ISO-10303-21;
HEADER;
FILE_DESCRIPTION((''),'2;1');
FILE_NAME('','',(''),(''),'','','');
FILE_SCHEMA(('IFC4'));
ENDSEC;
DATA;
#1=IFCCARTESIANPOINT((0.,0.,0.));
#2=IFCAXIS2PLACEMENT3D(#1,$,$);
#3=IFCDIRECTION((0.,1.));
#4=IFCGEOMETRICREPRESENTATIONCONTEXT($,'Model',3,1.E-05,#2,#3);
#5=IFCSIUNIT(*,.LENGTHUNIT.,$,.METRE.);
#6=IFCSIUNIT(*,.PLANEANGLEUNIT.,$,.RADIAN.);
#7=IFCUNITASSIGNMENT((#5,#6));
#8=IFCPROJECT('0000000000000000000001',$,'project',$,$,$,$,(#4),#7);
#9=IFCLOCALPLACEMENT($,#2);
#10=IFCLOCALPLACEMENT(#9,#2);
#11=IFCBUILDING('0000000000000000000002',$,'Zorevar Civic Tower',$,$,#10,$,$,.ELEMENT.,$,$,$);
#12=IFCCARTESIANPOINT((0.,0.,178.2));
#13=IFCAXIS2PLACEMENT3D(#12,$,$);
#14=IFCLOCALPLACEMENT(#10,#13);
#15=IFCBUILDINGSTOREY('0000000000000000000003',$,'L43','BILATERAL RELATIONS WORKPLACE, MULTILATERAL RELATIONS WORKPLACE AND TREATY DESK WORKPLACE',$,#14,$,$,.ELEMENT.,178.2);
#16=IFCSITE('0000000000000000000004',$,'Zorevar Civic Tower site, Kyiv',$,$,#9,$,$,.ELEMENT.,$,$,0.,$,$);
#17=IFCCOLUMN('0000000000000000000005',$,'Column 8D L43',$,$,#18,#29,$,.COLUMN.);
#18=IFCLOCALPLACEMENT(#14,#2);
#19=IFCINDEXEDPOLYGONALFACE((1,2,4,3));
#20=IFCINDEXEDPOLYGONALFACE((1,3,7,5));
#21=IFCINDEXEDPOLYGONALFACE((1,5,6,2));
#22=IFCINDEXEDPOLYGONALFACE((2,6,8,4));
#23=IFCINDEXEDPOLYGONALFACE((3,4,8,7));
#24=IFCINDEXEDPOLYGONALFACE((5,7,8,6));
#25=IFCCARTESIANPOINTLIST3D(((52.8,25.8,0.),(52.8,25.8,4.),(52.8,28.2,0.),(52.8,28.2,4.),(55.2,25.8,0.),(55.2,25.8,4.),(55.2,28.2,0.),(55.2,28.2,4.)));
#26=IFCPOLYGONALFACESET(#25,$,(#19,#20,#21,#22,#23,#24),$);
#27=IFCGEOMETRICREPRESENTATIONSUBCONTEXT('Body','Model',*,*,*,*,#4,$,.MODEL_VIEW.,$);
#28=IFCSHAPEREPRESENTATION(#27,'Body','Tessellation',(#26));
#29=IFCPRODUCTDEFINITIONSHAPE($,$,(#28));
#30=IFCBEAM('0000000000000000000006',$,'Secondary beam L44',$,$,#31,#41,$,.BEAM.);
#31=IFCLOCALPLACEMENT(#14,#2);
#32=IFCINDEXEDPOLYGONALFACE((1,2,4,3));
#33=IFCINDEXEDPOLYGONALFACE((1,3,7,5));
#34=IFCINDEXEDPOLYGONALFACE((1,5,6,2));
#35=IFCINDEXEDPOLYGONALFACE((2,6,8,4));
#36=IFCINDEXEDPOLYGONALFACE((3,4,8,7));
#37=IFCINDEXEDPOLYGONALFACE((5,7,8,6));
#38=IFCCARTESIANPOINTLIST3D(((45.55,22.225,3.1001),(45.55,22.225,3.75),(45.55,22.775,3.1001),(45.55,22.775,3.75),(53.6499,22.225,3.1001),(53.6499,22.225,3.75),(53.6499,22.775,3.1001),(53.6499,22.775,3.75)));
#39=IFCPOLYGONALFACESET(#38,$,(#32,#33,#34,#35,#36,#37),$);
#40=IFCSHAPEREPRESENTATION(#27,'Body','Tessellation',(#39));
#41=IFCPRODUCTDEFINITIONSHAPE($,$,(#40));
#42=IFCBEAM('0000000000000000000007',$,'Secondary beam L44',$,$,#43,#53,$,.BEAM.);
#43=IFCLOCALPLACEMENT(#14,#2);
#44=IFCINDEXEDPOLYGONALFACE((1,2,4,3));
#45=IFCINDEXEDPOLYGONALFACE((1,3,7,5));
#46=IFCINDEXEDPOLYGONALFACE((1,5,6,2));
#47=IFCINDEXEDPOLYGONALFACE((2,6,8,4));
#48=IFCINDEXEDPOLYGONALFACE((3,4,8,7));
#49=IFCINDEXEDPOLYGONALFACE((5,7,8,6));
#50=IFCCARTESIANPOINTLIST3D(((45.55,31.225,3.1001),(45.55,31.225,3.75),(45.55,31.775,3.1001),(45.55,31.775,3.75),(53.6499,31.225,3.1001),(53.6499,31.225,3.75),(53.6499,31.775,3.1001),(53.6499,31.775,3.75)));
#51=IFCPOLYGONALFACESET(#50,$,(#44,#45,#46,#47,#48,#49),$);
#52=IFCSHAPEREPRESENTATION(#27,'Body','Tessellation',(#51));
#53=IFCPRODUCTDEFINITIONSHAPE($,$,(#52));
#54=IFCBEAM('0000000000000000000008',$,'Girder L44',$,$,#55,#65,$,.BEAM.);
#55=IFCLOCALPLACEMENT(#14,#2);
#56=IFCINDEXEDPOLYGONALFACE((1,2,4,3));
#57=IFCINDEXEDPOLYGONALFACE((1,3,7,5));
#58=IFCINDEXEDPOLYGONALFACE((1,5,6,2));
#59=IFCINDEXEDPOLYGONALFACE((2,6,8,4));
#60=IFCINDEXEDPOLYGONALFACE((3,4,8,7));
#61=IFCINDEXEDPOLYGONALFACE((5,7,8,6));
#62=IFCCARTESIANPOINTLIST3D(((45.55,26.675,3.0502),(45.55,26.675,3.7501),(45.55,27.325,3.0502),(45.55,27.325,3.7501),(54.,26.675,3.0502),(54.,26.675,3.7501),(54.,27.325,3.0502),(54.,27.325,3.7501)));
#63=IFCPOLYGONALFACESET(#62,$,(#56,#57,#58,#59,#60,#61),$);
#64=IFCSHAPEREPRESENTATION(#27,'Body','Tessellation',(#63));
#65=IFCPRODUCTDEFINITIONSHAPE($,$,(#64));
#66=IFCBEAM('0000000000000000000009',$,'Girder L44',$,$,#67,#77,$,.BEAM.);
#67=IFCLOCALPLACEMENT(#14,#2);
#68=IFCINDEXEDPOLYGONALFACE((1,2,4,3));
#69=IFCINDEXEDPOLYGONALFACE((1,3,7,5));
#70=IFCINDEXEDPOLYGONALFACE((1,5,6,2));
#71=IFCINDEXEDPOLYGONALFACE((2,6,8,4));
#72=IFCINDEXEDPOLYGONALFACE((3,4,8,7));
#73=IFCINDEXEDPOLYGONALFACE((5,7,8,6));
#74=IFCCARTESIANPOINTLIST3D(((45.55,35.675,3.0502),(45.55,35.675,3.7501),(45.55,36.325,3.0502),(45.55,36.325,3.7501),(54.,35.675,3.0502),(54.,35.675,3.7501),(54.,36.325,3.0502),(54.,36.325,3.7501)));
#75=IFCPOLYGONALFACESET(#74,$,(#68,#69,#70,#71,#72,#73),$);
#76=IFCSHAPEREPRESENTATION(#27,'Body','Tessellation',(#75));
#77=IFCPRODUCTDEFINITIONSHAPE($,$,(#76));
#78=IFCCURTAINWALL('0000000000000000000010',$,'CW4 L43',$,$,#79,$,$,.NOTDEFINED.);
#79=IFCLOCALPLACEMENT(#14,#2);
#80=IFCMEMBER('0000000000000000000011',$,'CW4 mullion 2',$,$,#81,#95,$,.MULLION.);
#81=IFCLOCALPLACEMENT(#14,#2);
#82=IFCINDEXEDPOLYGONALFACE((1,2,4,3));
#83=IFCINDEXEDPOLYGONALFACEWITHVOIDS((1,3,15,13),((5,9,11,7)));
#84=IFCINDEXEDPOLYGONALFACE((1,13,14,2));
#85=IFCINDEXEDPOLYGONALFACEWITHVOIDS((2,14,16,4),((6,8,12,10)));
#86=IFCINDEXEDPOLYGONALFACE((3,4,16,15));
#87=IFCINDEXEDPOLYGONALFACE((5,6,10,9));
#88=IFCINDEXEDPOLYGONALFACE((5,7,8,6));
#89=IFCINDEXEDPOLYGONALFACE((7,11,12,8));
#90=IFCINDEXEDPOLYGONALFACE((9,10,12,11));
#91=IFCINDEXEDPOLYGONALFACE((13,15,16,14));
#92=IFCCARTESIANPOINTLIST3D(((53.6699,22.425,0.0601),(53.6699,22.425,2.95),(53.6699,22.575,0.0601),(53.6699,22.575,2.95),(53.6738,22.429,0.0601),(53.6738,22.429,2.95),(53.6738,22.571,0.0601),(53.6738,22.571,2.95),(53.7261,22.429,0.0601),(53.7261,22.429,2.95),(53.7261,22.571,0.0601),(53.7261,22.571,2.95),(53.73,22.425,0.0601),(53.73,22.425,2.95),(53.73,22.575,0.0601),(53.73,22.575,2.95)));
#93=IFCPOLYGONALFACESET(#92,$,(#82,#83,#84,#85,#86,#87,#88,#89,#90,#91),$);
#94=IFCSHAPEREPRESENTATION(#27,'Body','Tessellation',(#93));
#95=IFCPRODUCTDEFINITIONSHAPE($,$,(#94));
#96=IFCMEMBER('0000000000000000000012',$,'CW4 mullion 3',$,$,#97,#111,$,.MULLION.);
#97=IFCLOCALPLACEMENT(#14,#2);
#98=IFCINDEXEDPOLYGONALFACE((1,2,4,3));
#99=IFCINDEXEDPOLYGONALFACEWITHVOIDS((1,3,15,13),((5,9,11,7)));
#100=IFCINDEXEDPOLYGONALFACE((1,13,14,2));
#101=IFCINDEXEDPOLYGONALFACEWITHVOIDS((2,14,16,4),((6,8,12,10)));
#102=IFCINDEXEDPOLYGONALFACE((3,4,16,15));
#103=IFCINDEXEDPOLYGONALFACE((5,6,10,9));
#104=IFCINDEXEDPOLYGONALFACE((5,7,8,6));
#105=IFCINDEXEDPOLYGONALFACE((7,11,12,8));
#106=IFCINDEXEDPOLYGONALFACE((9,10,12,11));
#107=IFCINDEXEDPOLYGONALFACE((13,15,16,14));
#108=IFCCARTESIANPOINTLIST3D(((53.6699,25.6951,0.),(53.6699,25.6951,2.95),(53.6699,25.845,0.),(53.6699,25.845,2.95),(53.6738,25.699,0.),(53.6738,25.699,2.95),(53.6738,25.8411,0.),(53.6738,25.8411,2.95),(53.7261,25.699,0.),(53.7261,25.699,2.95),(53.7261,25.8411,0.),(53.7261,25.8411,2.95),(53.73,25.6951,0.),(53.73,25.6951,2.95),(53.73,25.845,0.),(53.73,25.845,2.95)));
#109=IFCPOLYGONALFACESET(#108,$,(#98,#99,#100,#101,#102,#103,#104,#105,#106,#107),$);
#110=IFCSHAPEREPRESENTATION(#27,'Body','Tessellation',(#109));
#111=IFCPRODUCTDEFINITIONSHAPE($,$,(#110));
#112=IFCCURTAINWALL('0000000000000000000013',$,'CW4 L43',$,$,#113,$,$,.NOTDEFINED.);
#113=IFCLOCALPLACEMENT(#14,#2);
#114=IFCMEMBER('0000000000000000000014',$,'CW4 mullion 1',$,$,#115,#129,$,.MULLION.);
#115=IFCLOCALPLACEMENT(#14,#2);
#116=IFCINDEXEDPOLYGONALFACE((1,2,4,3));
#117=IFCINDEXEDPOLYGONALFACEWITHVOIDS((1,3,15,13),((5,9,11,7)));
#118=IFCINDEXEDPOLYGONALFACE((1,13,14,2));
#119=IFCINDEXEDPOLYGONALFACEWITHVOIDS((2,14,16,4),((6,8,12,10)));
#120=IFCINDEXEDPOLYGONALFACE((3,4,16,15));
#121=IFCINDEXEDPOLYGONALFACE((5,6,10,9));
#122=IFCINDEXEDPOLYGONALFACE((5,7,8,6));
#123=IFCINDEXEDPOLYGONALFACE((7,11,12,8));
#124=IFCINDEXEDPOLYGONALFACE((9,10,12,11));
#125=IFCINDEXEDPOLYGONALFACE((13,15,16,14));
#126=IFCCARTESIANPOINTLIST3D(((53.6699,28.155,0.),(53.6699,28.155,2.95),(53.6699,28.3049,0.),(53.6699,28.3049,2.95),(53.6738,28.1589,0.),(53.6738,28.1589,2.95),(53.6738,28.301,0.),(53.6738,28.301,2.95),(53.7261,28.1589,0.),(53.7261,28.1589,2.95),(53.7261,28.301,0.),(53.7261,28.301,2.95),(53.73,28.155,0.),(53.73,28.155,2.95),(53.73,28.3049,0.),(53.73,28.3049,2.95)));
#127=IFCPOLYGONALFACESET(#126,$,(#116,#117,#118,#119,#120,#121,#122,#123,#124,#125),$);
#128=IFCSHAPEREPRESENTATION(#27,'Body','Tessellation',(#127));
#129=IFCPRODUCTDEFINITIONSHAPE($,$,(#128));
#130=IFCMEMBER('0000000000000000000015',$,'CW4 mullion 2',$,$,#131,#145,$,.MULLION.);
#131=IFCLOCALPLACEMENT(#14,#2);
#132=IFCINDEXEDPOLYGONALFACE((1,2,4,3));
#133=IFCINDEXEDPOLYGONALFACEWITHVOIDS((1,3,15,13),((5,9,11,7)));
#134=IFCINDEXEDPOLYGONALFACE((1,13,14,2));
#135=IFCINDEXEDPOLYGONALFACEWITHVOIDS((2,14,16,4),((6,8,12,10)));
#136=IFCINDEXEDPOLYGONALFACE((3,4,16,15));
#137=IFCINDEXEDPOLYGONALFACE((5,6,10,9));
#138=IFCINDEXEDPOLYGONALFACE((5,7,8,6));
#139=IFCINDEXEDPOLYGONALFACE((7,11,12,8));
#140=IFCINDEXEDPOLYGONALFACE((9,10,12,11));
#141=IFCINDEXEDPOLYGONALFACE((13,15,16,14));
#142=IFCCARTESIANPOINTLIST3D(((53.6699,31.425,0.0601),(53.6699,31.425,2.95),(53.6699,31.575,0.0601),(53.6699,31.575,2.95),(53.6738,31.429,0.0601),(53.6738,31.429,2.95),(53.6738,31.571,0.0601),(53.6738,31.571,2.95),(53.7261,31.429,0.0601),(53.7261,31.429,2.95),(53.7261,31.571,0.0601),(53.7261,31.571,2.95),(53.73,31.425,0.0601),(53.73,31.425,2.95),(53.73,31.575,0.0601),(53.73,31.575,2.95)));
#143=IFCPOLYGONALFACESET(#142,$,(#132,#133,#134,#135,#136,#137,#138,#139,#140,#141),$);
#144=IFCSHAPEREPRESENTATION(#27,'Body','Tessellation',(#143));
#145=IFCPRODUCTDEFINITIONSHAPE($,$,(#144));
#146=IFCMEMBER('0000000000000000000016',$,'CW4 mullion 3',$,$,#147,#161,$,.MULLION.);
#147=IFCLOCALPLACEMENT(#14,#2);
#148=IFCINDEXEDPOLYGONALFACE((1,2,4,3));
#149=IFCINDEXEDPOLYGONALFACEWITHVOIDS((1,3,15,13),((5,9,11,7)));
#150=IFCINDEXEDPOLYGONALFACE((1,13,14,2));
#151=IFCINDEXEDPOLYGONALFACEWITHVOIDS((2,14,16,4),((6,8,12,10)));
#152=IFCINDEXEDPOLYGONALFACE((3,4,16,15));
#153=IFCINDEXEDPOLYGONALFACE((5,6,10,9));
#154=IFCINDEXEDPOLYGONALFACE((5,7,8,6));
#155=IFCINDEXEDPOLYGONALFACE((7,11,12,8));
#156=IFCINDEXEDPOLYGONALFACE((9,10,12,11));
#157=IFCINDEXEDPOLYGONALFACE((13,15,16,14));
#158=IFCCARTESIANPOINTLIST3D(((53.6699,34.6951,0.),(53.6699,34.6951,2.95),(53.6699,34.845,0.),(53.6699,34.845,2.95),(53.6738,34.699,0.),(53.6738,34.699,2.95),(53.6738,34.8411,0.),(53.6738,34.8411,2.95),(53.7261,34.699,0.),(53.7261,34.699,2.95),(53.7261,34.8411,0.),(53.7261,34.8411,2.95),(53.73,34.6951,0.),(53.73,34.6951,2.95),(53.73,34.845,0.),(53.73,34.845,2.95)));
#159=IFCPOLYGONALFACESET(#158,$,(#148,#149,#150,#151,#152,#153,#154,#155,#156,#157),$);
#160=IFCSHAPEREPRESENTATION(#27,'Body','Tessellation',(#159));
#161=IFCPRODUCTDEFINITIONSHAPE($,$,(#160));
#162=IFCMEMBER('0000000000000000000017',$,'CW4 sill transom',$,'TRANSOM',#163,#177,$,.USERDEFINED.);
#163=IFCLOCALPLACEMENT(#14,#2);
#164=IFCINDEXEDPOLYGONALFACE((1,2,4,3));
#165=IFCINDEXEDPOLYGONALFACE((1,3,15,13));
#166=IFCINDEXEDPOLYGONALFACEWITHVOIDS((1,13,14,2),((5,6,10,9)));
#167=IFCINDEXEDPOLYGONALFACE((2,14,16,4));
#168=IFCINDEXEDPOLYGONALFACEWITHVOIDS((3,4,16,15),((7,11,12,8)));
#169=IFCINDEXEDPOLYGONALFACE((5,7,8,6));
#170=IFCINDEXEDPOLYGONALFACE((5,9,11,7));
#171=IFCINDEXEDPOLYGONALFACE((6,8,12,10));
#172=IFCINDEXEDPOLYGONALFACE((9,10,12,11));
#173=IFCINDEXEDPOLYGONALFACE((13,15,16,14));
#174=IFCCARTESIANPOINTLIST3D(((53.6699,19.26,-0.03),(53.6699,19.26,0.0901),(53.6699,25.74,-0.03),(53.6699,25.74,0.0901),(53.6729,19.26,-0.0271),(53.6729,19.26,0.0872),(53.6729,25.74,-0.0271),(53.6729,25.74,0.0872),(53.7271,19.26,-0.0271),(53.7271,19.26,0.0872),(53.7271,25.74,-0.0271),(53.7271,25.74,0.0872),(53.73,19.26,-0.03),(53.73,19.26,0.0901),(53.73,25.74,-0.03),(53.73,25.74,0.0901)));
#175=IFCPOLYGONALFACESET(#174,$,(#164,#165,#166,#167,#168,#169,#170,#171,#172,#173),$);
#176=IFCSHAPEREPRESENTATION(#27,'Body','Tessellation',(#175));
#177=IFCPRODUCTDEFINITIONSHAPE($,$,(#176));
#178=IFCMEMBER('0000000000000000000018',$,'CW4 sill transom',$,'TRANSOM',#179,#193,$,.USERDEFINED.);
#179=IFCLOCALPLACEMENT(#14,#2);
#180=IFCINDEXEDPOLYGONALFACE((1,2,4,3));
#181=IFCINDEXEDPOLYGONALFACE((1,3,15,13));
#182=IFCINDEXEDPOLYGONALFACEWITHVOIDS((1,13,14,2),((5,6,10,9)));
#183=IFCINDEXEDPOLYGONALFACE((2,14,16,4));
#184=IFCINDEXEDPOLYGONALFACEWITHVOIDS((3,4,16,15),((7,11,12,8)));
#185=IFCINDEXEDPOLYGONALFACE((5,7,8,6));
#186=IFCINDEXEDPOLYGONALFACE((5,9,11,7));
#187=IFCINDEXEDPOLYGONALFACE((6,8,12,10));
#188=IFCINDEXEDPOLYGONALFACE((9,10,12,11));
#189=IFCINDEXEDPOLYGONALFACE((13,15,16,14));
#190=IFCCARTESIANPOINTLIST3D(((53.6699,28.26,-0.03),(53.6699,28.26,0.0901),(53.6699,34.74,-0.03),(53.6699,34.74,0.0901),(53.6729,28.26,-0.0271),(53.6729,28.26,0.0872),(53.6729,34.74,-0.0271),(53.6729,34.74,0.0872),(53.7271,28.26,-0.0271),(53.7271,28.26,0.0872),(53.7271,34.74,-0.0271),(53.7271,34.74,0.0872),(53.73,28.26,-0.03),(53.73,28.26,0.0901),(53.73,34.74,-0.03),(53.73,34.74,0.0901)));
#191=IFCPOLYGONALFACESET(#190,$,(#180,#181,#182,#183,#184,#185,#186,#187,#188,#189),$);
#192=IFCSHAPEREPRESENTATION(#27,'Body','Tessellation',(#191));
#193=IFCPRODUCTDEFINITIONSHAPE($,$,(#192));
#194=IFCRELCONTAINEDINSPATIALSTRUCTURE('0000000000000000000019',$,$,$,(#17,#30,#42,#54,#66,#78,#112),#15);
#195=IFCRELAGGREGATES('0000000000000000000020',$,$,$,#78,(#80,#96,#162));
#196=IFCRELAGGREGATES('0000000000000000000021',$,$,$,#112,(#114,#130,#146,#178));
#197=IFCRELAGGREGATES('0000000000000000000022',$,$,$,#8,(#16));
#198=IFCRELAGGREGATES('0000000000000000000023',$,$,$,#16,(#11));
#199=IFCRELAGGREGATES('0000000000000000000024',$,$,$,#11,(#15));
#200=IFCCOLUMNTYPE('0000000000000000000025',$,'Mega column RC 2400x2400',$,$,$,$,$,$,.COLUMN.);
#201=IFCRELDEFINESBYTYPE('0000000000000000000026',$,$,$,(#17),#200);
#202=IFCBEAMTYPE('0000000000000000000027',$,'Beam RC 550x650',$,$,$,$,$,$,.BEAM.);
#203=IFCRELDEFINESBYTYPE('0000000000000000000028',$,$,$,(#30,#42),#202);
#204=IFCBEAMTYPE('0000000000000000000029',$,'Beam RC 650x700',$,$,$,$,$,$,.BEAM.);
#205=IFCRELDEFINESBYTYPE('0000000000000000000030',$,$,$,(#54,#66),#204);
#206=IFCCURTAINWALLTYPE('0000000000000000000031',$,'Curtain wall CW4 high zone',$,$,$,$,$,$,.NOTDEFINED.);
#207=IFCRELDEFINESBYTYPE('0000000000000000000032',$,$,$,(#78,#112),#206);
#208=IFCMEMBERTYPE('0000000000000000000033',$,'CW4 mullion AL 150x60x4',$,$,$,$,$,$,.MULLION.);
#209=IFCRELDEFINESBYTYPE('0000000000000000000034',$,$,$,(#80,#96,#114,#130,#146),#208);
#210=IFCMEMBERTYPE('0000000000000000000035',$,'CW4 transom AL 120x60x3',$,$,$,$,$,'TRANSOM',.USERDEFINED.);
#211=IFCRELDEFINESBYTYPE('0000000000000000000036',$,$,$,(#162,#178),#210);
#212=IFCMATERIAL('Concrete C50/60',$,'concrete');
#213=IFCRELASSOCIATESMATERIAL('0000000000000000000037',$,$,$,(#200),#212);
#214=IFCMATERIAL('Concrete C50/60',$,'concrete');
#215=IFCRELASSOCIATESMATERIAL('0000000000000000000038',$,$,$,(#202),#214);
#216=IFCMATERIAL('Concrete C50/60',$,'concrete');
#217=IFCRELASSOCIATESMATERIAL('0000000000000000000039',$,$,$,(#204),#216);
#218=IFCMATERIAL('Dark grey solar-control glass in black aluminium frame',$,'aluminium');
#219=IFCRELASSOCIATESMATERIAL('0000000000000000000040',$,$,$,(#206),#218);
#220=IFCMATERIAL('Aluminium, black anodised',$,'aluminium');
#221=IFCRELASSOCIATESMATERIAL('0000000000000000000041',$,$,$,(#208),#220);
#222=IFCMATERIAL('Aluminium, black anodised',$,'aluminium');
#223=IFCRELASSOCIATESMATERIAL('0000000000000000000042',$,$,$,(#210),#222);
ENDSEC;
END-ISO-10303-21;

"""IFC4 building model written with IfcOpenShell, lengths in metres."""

from ifc_helpers import new_model, si_unit, direction, frame, origin, origin_2d, place, context, subcontext, project, spatial, rectangle, hollow_rectangle, extrude, material, material_profile, profile_set, type_object, element, aggregate, save


model = new_model("IFC4")

# Units and contexts
model_context = context("Model", 3, precision=1e-05, world=origin(), true_north=direction((0.0, 1.0)))
body_context = subcontext(model_context, "Body", "Model", "MODEL_VIEW")
ifc_project = project(units=[si_unit("LENGTHUNIT", "METRE"), si_unit("PLANEANGLEUNIT", "RADIAN")], contexts=[model_context])

# Site, building, storey
site_placement = place(None, origin())
site = spatial("IfcSite", under=ifc_project, at=site_placement, Name="Zorevar Civic Tower site, Kyiv", CompositionType="ELEMENT", RefElevation=0.0)
building_placement = place(site_placement, origin())
building = spatial("IfcBuilding", under=site, at=building_placement, Name="Zorevar Civic Tower", CompositionType="ELEMENT")
storey_placement = place(building_placement, frame((0.0, 0.0, 178.2)))
storey = spatial("IfcBuildingStorey", under=building, at=storey_placement, Name="L43", Description="BILATERAL RELATIONS WORKPLACE, MULTILATERAL RELATIONS WORKPLACE AND TREATY DESK WORKPLACE", CompositionType="ELEMENT", Elevation=178.2)

# Column
ifc_material_1 = material(Name="Concrete C50/60", Category="concrete")
ifc_material_profile_1 = material_profile(ifc_material_1, rectangle(XDim=2.3999, YDim=2.3999, at=origin_2d()), Name="RC 2400x2400")
ifc_profile_set_1 = profile_set([ifc_material_profile_1], Name="Concrete C50/60")
column_type = type_object("IfcColumnType", Name="Mega column RC 2400x2400", PredefinedType="COLUMN", material=ifc_profile_set_1)
column_placement = place(storey_placement, frame((54.0, 27.0, 0.0), z_axis=(0.0, 0.0, 1.0), x_axis=(1.0, 0.0, 0.0)))
element("IfcColumn", 1, at=column_placement, inside=storey, type_object=column_type, Name="Column 8D L43", PredefinedType="COLUMN", context=body_context, shape_type="SweptSolid", body=[
    extrude(rectangle(XDim=2.3999, YDim=2.3999, at=origin_2d()), origin(), (0.0, 0.0, 1.0), 4.0),
])

# Beams
ifc_material_2 = material(Name="Concrete C50/60", Category="concrete")
ifc_material_profile_2 = material_profile(ifc_material_2, rectangle(XDim=0.55, YDim=0.6499, at=origin_2d()), Name="RC 550x650")
ifc_profile_set_2 = profile_set([ifc_material_profile_2], Name="Concrete C50/60")
beam_type_1 = type_object("IfcBeamType", Name="Beam RC 550x650", PredefinedType="BEAM", material=ifc_profile_set_2)
for number, where, z_axis, x_axis, name in (
    (2, (45.55, 22.5, 3.425), (1.0, 0.0, 0.0), (0.0, 1.0, 0.0), "Secondary beam L44"),
    (3, (45.55, 31.5, 3.425), (1.0, 0.0, 0.0), (0.0, 1.0, 0.0), "Secondary beam L44"),
):
    element("IfcBeam", number, at=place(storey_placement, frame(where, z_axis=z_axis, x_axis=x_axis)), inside=storey, type_object=beam_type_1, Name=name, PredefinedType="BEAM", context=body_context, shape_type="SweptSolid", body=[
        extrude(rectangle(XDim=0.55, YDim=0.6499, at=origin_2d()), origin(), (0.0, 0.0, 1.0), 8.0999),
    ])
ifc_material_3 = material(Name="Concrete C50/60", Category="concrete")
ifc_material_profile_3 = material_profile(ifc_material_3, rectangle(XDim=0.6499, YDim=0.7, at=origin_2d()), Name="RC 650x700")
ifc_profile_set_3 = profile_set([ifc_material_profile_3], Name="Concrete C50/60")
beam_type_2 = type_object("IfcBeamType", Name="Beam RC 650x700", PredefinedType="BEAM", material=ifc_profile_set_3)
for number, where, z_axis, x_axis, name in (
    (4, (45.55, 27.0, 3.4001), (1.0, 0.0, 0.0), (0.0, 1.0, 0.0), "Girder L44"),
    (5, (45.55, 36.0, 3.4001), (1.0, 0.0, 0.0), (0.0, 1.0, 0.0), "Girder L44"),
):
    element("IfcBeam", number, at=place(storey_placement, frame(where, z_axis=z_axis, x_axis=x_axis)), inside=storey, type_object=beam_type_2, Name=name, PredefinedType="BEAM", context=body_context, shape_type="SweptSolid", body=[
        extrude(rectangle(XDim=0.6499, YDim=0.7, at=origin_2d()), origin(), (0.0, 0.0, 1.0), 8.45),
    ])

# Curtain walls, members
ifc_material_4 = material(Name="Dark grey solar-control glass in black aluminium frame", Category="aluminium")
curtain_wall_type = type_object("IfcCurtainWallType", Name="Curtain wall CW4 high zone", PredefinedType="NOTDEFINED", material=ifc_material_4)
curtain_wall_1_placement = place(storey_placement, origin())
curtain_wall_1 = element("IfcCurtainWall", 6, at=curtain_wall_1_placement, inside=storey, type_object=curtain_wall_type, Name="CW4 L43", PredefinedType="NOTDEFINED")
ifc_material_5 = material(Name="Aluminium, black anodised", Category="aluminium")
ifc_material_profile_4 = material_profile(ifc_material_5, hollow_rectangle(XDim=0.0601, YDim=0.1499, WallThickness=0.0039, at=origin_2d()), Name="AL 150x60x4")
ifc_profile_set_4 = profile_set([ifc_material_profile_4], Name="Aluminium, black anodised")
member_type_1 = type_object("IfcMemberType", Name="CW4 mullion AL 150x60x4", PredefinedType="MULLION", material=ifc_profile_set_4)
member_1_placement = place(storey_placement, frame((53.7, 22.5, 0.0601), z_axis=(0.0, 0.0, 1.0), x_axis=(-1.0, 0.0, 0.0)))
member_1 = element("IfcMember", 7, at=member_1_placement, type_object=member_type_1, Name="CW4 mullion 2", PredefinedType="MULLION", context=body_context, shape_type="SweptSolid", body=[
    extrude(hollow_rectangle(XDim=0.0601, YDim=0.1499, WallThickness=0.0039, at=origin_2d()), origin(), (0.0, 0.0, 1.0), 2.8899),
])
member_2_placement = place(storey_placement, frame((53.7, 25.77, 0.0), z_axis=(0.0, 0.0, 1.0), x_axis=(-1.0, 0.0, 0.0)))
member_2 = element("IfcMember", 8, at=member_2_placement, type_object=member_type_1, Name="CW4 mullion 3", PredefinedType="MULLION", context=body_context, shape_type="SweptSolid", body=[
    extrude(hollow_rectangle(XDim=0.0601, YDim=0.1499, WallThickness=0.0039, at=origin_2d()), origin(), (0.0, 0.0, 1.0), 2.95),
])
curtain_wall_2_placement = place(storey_placement, origin())
curtain_wall_2 = element("IfcCurtainWall", 9, at=curtain_wall_2_placement, inside=storey, type_object=curtain_wall_type, Name="CW4 L43", PredefinedType="NOTDEFINED")
member_3_placement = place(storey_placement, frame((53.7, 28.23, 0.0), z_axis=(0.0, 0.0, 1.0), x_axis=(-1.0, 0.0, 0.0)))
member_3 = element("IfcMember", 10, at=member_3_placement, type_object=member_type_1, Name="CW4 mullion 1", PredefinedType="MULLION", context=body_context, shape_type="SweptSolid", body=[
    extrude(hollow_rectangle(XDim=0.0601, YDim=0.1499, WallThickness=0.0039, at=origin_2d()), origin(), (0.0, 0.0, 1.0), 2.95),
])
member_4_placement = place(storey_placement, frame((53.7, 31.5, 0.0601), z_axis=(0.0, 0.0, 1.0), x_axis=(-1.0, 0.0, 0.0)))
member_4 = element("IfcMember", 11, at=member_4_placement, type_object=member_type_1, Name="CW4 mullion 2", PredefinedType="MULLION", context=body_context, shape_type="SweptSolid", body=[
    extrude(hollow_rectangle(XDim=0.0601, YDim=0.1499, WallThickness=0.0039, at=origin_2d()), origin(), (0.0, 0.0, 1.0), 2.8899),
])
member_5_placement = place(storey_placement, frame((53.7, 34.77, 0.0), z_axis=(0.0, 0.0, 1.0), x_axis=(-1.0, 0.0, 0.0)))
member_5 = element("IfcMember", 12, at=member_5_placement, type_object=member_type_1, Name="CW4 mullion 3", PredefinedType="MULLION", context=body_context, shape_type="SweptSolid", body=[
    extrude(hollow_rectangle(XDim=0.0601, YDim=0.1499, WallThickness=0.0039, at=origin_2d()), origin(), (0.0, 0.0, 1.0), 2.95),
])

# Members
ifc_material_6 = material(Name="Aluminium, black anodised", Category="aluminium")
ifc_material_profile_5 = material_profile(ifc_material_6, hollow_rectangle(XDim=0.0601, YDim=0.1201, WallThickness=0.0029, at=origin_2d()), Name="AL 120x60x3")
ifc_profile_set_5 = profile_set([ifc_material_profile_5], Name="Aluminium, black anodised")
member_type_2 = type_object("IfcMemberType", Name="CW4 transom AL 120x60x3", ElementType="TRANSOM", PredefinedType="USERDEFINED", material=ifc_profile_set_5)
member_6_placement = place(storey_placement, frame((53.7, 19.26, 0.03), z_axis=(0.0, 1.0, 0.0), x_axis=(-1.0, 0.0, 0.0)))
member_6 = element("IfcMember", 13, at=member_6_placement, type_object=member_type_2, Name="CW4 sill transom", ObjectType="TRANSOM", PredefinedType="USERDEFINED", context=body_context, shape_type="SweptSolid", body=[
    extrude(hollow_rectangle(XDim=0.0601, YDim=0.1201, WallThickness=0.0029, at=origin_2d()), origin(), (0.0, 0.0, 1.0), 6.48),
])
member_7_placement = place(storey_placement, frame((53.7, 28.26, 0.03), z_axis=(0.0, 1.0, 0.0), x_axis=(-1.0, 0.0, 0.0)))
member_7 = element("IfcMember", 14, at=member_7_placement, type_object=member_type_2, Name="CW4 sill transom", ObjectType="TRANSOM", PredefinedType="USERDEFINED", context=body_context, shape_type="SweptSolid", body=[
    extrude(hollow_rectangle(XDim=0.0601, YDim=0.1201, WallThickness=0.0029, at=origin_2d()), origin(), (0.0, 0.0, 1.0), 6.48),
])

aggregate(curtain_wall_1, [member_1, member_2, member_6])
aggregate(curtain_wall_2, [member_3, member_4, member_5, member_7])

save(model, "model.ifc")
